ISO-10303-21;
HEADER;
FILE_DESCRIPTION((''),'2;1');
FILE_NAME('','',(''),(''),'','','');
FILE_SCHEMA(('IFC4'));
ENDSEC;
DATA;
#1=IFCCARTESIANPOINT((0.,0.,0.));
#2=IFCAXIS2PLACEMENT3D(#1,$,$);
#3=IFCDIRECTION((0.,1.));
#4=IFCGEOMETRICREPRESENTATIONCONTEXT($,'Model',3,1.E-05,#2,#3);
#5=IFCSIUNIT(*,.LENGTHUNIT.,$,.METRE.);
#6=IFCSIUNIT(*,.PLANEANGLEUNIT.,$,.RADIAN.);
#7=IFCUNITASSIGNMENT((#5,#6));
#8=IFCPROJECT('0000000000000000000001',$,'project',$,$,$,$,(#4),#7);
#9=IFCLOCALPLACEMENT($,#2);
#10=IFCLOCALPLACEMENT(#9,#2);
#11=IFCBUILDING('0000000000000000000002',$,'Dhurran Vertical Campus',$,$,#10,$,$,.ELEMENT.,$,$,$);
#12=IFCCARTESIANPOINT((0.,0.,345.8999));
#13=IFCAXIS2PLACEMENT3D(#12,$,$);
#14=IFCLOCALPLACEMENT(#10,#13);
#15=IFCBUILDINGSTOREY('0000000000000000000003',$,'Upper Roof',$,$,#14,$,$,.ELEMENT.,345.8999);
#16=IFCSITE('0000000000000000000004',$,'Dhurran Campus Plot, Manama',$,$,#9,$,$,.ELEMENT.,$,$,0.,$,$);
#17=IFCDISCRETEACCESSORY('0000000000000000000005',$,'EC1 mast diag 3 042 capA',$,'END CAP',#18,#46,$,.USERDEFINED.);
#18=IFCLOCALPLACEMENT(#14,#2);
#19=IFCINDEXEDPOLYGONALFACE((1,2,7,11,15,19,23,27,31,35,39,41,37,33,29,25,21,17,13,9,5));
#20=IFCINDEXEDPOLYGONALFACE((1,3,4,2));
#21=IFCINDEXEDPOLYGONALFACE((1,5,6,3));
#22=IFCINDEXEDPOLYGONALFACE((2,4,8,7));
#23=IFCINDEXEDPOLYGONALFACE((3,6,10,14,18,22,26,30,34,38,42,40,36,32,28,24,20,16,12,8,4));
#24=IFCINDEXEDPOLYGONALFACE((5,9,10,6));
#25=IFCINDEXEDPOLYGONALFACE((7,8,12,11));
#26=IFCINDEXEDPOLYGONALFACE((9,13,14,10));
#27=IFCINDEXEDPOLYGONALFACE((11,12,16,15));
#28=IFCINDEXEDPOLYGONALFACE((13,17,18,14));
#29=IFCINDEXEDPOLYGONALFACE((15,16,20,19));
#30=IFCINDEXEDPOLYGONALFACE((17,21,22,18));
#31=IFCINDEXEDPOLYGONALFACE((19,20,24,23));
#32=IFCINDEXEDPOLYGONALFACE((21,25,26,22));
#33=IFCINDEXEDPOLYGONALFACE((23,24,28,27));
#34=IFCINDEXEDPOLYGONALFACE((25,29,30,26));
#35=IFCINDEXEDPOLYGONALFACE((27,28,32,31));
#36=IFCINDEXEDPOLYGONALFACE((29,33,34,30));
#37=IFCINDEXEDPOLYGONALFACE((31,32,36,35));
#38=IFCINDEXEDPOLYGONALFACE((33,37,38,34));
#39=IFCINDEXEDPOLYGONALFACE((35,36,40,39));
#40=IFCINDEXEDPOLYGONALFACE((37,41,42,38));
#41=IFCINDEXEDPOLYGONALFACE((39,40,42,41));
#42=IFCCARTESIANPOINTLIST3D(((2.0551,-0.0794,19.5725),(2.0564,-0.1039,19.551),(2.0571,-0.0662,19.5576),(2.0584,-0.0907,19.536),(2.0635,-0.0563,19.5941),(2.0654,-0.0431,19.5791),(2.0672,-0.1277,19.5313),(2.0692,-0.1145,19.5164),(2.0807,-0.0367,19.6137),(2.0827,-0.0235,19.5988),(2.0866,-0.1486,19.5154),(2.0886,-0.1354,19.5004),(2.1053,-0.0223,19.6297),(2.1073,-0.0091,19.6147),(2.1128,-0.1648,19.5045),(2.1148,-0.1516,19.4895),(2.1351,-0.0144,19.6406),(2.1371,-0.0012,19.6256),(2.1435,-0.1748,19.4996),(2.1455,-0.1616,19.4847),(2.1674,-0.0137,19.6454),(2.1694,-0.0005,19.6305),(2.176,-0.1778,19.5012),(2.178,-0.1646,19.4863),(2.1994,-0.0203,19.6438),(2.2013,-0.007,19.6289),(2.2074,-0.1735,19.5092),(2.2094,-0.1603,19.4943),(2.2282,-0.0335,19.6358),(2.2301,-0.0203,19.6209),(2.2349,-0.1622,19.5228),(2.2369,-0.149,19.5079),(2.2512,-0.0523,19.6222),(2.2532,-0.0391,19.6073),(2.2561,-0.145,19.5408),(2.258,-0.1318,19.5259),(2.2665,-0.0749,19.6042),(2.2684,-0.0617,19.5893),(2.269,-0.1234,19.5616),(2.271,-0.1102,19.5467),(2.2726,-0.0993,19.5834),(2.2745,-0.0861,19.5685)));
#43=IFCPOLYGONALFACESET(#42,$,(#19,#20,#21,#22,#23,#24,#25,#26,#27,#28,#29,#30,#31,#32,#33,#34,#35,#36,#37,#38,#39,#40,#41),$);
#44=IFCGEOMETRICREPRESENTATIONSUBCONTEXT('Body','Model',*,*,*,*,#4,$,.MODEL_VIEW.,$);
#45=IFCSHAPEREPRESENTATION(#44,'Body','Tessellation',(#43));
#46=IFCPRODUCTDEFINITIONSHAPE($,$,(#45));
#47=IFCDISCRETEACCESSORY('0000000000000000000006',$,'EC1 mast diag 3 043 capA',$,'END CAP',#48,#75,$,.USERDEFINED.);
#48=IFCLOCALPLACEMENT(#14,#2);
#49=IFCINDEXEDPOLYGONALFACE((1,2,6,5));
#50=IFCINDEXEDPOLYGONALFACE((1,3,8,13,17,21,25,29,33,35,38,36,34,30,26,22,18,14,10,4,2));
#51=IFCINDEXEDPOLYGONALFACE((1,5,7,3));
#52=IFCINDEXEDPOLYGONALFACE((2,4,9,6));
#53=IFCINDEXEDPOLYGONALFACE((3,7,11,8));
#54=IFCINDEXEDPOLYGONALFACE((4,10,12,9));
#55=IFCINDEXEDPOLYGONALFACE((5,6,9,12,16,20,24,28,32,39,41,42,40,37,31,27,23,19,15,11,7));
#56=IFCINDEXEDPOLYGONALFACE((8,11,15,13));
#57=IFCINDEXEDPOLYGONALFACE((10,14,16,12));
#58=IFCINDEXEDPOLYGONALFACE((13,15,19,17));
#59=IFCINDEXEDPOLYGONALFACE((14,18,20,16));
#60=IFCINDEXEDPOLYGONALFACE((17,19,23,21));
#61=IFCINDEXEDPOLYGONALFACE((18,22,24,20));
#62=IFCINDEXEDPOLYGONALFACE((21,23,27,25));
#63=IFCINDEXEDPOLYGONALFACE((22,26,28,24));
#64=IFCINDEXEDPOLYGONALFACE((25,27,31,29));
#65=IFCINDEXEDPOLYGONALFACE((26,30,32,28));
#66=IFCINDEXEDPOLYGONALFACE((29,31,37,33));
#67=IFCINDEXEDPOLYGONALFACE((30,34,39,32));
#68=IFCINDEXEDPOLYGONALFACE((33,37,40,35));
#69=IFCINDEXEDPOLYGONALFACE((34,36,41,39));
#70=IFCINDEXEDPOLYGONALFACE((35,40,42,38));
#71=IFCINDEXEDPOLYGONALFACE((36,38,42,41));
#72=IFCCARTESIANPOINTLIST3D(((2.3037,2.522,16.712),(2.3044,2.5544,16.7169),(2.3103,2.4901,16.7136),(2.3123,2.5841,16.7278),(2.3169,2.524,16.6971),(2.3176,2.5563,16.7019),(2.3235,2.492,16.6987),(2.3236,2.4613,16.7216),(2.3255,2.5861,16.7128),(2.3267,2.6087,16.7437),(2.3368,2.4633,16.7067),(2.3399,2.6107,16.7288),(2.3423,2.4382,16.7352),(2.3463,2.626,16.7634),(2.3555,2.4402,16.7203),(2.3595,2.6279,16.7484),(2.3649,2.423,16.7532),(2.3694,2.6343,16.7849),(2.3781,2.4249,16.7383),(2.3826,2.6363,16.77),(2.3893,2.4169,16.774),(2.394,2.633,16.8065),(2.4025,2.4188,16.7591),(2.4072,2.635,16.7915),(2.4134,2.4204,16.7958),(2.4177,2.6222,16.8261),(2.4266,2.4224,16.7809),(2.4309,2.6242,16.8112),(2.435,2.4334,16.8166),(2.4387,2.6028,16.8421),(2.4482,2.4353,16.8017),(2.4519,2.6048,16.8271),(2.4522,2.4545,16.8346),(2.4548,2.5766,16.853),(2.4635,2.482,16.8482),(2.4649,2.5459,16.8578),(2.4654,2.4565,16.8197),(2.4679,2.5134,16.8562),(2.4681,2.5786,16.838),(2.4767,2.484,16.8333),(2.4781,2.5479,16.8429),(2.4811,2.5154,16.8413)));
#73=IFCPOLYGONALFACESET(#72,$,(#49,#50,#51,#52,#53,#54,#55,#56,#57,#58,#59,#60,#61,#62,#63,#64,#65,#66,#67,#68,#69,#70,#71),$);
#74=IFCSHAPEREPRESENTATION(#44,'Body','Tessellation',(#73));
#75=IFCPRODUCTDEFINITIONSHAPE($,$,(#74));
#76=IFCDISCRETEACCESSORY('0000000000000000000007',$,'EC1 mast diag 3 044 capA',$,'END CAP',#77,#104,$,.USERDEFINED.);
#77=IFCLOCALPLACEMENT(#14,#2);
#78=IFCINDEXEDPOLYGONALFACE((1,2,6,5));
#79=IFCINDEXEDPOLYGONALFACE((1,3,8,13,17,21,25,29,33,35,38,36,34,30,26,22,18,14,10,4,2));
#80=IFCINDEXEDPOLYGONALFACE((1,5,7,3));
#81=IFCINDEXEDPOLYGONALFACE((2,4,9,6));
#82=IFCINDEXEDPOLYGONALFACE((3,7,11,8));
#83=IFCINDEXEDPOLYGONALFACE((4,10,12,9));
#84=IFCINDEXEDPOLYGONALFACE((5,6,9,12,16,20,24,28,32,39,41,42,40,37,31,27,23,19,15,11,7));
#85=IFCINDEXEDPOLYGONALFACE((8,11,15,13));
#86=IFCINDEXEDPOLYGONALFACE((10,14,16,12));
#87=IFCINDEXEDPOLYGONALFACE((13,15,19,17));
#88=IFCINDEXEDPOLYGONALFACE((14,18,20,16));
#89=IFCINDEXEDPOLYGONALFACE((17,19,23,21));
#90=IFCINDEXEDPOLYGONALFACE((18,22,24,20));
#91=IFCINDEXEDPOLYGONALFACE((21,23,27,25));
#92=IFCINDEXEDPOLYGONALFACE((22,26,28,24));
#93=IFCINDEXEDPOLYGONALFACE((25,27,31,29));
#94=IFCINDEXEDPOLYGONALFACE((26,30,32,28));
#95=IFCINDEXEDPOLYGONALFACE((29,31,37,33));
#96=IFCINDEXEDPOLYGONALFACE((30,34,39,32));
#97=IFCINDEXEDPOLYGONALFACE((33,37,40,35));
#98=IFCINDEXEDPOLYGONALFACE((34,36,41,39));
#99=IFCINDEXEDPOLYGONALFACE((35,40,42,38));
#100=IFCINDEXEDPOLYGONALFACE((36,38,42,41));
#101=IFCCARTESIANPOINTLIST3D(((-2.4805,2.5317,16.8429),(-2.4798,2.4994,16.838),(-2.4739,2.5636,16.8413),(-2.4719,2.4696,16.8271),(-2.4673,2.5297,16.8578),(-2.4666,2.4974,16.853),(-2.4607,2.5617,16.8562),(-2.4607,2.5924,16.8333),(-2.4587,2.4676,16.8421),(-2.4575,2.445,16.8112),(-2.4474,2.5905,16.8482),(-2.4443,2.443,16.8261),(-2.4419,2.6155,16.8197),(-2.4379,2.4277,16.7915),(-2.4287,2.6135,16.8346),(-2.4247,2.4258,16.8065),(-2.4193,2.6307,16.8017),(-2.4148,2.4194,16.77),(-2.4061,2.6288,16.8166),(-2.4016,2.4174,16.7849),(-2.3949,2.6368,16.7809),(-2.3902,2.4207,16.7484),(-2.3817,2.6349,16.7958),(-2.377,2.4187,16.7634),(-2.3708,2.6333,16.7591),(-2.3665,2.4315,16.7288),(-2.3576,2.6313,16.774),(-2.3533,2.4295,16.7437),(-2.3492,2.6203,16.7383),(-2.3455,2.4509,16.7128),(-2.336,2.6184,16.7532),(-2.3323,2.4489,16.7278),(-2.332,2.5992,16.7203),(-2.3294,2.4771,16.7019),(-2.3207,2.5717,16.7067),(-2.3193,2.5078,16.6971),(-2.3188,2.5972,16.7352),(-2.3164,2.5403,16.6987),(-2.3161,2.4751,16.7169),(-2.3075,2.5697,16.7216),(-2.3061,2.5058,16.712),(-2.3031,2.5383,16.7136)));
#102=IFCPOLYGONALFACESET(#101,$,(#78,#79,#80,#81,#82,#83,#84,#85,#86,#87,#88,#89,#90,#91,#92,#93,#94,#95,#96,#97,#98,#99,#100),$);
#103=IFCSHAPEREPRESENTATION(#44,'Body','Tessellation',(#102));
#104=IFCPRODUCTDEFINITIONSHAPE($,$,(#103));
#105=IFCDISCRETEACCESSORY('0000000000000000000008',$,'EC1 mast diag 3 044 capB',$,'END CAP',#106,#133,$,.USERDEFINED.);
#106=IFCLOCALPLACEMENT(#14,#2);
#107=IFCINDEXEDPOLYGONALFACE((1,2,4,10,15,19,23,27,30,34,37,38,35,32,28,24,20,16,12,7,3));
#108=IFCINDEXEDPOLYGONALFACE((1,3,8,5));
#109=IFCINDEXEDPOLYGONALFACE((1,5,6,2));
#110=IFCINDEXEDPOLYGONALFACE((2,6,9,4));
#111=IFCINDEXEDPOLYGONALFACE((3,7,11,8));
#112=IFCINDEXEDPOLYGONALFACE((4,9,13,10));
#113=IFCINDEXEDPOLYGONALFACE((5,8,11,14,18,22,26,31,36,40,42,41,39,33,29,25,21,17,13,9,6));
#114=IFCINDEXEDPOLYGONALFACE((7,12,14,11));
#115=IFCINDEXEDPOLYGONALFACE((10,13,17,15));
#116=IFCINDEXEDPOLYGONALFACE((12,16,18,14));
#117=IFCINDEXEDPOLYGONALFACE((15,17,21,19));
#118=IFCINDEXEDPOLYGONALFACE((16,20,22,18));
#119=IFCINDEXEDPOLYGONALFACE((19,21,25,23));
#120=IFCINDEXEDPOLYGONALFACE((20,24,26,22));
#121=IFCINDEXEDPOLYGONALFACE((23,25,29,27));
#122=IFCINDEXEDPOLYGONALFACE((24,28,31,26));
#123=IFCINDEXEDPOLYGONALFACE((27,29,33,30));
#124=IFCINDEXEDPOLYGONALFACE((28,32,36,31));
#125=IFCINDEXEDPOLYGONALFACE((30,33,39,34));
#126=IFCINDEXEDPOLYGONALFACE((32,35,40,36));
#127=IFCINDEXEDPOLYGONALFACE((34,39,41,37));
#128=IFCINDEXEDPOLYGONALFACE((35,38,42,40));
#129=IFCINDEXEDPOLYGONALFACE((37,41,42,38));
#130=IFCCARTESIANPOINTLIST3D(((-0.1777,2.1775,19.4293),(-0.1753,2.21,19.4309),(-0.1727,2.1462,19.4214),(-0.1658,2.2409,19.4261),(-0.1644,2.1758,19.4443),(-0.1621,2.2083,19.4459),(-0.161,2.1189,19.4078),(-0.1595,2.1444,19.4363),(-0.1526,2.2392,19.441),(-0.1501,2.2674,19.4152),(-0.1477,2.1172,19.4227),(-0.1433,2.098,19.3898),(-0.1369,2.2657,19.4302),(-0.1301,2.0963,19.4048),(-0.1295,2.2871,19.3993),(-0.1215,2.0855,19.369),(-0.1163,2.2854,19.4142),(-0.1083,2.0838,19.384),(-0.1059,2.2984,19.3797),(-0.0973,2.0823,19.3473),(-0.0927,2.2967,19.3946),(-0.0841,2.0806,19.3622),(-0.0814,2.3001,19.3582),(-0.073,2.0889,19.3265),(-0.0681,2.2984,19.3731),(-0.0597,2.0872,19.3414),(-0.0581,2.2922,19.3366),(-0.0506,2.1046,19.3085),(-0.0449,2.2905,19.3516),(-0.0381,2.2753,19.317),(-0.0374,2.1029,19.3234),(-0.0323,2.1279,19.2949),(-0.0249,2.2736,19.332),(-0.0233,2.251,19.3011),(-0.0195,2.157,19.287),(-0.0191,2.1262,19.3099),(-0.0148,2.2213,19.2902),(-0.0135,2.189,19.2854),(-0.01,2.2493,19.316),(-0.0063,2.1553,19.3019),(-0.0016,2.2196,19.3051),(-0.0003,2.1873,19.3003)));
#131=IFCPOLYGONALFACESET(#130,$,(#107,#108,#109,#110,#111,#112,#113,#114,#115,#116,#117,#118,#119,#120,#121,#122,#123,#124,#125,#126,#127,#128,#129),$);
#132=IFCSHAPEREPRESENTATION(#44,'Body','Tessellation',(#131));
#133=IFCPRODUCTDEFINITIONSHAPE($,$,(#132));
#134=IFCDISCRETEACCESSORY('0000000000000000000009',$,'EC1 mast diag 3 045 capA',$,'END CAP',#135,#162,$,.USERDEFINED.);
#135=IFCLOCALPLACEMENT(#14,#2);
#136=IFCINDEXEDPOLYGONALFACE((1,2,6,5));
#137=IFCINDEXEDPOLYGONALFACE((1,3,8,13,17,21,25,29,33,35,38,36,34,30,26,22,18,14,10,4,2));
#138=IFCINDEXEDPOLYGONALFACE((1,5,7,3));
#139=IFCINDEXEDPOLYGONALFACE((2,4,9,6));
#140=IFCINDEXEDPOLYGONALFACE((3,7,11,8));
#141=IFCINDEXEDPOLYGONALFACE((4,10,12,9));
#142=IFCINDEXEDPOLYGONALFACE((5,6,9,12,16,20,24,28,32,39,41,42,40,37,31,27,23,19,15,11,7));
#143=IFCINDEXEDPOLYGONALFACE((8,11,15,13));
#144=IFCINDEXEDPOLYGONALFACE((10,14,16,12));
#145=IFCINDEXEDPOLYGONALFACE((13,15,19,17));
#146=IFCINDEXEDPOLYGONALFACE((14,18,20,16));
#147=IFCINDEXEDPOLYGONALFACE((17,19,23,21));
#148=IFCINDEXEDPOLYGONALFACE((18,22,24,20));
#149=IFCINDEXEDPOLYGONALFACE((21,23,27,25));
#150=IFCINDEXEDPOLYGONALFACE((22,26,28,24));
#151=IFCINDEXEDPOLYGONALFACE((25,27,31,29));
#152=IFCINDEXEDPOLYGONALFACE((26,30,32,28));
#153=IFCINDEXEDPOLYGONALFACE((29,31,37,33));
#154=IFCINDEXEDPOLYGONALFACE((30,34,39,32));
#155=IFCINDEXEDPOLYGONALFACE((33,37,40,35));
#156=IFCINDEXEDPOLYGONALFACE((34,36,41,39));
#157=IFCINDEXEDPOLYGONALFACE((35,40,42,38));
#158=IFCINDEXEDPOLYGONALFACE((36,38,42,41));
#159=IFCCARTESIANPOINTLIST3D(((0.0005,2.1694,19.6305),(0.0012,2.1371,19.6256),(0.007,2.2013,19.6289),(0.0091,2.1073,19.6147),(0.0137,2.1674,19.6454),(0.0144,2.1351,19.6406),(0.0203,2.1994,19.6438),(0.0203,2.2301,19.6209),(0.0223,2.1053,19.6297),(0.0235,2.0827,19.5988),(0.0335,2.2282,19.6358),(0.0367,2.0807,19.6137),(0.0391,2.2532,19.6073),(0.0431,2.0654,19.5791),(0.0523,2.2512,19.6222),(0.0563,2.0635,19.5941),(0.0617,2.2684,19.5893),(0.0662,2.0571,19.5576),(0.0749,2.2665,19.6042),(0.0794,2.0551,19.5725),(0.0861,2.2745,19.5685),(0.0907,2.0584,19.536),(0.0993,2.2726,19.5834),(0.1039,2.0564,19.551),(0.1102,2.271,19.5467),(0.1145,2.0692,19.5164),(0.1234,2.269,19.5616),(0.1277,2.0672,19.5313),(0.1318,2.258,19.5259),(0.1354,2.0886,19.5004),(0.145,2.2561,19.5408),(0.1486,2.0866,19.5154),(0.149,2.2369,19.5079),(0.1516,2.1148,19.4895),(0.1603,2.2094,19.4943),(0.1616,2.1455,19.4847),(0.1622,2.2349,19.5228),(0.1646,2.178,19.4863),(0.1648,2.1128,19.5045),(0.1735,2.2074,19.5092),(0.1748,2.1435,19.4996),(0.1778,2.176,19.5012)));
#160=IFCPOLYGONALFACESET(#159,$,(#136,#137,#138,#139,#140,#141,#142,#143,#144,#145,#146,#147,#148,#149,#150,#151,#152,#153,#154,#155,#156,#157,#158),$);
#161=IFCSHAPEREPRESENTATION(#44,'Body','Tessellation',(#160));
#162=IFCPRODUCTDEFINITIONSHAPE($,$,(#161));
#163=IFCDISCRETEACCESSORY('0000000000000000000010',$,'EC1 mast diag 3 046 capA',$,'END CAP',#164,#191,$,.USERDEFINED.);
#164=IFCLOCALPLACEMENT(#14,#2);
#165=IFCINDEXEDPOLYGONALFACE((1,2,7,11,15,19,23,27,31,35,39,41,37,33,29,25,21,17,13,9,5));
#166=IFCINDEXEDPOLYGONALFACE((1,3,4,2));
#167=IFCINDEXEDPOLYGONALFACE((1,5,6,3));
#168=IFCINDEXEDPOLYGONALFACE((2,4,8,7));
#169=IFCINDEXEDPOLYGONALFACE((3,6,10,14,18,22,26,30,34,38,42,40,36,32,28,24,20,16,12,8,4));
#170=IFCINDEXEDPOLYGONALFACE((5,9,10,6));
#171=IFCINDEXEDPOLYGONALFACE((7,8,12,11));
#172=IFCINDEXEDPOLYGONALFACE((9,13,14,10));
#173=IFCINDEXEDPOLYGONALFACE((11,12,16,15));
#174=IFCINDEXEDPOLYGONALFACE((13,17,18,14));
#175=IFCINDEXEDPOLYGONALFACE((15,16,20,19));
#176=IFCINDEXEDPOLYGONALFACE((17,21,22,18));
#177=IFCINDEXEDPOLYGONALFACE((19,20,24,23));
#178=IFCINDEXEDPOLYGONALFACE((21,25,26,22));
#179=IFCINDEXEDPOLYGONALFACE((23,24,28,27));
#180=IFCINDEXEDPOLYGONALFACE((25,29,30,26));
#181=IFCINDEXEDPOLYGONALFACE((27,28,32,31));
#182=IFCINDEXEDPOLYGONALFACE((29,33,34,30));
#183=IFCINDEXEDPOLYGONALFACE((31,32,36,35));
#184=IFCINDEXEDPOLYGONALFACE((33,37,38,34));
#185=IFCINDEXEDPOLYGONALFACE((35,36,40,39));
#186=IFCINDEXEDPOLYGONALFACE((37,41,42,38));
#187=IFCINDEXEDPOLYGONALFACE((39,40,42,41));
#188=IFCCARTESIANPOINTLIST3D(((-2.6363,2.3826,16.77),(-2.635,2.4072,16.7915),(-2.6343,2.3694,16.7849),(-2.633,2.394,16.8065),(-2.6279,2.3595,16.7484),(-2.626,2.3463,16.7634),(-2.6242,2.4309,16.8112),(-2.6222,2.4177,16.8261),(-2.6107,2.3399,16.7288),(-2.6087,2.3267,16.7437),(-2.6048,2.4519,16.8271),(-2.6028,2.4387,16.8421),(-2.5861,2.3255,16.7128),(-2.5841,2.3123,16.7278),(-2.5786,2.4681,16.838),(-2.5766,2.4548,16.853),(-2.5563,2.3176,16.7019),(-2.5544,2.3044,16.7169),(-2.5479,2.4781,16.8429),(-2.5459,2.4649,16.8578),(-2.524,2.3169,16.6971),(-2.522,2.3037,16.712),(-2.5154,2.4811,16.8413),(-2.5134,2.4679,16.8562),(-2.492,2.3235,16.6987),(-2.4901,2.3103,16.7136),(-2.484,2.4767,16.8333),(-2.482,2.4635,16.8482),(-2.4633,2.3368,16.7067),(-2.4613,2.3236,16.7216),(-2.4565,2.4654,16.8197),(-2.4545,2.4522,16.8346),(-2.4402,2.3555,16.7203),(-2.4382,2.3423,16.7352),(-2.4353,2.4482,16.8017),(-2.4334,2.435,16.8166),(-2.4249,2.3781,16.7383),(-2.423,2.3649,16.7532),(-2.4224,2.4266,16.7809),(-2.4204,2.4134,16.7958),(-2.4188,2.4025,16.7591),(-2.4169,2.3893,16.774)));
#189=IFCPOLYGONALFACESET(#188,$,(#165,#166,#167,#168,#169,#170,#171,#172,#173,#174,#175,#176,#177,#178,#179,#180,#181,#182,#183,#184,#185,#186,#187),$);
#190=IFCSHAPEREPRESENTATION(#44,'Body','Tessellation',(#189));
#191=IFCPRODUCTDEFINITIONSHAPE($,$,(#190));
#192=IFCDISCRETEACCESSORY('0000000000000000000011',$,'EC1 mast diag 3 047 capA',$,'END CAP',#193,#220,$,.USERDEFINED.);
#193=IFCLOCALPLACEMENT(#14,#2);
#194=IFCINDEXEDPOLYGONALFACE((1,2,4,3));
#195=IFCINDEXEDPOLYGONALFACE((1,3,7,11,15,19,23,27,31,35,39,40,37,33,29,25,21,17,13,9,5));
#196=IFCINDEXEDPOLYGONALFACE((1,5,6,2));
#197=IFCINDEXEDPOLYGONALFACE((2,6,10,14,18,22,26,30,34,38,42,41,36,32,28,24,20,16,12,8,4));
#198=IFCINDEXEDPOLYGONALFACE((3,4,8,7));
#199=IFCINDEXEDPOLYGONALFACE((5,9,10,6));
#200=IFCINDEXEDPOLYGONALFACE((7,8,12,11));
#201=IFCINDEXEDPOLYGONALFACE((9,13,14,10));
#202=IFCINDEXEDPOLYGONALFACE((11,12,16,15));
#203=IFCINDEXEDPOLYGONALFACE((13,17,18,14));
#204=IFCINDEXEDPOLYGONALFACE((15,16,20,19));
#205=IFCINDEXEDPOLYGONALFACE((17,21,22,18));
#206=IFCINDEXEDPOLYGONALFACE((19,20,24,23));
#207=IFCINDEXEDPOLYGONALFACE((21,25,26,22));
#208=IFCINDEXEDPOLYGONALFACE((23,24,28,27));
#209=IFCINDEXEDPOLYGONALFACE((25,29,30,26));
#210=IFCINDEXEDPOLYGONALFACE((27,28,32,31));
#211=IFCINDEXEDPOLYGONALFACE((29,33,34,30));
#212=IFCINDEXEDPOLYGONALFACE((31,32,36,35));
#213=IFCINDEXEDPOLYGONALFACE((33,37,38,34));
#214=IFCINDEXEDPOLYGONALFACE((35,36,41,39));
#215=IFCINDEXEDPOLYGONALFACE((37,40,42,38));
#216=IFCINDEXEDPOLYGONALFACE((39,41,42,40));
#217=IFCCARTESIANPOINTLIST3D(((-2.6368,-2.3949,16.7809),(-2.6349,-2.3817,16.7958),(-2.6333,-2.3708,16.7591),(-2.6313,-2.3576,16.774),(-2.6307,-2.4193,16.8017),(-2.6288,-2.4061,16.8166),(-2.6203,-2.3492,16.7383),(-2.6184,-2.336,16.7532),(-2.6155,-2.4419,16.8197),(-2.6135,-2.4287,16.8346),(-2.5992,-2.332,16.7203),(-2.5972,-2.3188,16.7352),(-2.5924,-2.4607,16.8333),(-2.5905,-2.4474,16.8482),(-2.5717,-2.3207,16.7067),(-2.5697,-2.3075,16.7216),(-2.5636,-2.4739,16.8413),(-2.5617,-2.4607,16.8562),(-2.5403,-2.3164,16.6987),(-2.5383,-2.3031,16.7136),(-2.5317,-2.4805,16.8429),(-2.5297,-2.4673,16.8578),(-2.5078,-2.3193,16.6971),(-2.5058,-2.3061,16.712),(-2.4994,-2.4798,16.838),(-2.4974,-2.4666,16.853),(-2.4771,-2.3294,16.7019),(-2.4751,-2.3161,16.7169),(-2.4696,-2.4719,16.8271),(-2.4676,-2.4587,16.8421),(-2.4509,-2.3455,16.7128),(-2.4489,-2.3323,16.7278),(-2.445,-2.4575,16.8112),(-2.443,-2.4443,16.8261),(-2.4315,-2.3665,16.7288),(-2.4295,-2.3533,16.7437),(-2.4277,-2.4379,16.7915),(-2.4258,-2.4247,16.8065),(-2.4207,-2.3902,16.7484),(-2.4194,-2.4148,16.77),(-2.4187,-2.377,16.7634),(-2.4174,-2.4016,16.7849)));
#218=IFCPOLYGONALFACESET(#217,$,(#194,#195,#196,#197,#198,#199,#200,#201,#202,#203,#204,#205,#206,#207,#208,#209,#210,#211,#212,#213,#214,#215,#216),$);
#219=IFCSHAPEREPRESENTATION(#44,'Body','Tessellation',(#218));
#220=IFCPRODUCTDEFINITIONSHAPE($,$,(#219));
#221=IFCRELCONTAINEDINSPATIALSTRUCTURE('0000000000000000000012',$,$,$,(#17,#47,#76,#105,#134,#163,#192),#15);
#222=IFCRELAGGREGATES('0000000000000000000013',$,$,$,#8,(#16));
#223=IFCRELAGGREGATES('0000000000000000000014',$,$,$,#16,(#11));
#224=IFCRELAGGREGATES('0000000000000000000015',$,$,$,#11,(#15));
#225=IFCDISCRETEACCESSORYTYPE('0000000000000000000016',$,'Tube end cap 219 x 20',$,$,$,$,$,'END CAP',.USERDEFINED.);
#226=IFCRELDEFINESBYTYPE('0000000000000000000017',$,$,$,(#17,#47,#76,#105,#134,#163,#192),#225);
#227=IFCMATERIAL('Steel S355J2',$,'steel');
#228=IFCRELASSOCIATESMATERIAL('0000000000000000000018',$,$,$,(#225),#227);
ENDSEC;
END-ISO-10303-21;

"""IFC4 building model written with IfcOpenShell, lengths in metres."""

from ifc_helpers import new_model, si_unit, direction, frame, origin, origin_2d, place, context, subcontext, project, spatial, circle, extrude, material, material_profile, profile_set, type_object, element, save


model = new_model("IFC4")

# Units and contexts
model_context = context("Model", 3, precision=1e-05, world=origin(), true_north=direction((0.0, 1.0)))
body_context = subcontext(model_context, "Body", "Model", "MODEL_VIEW")
ifc_project = project(units=[si_unit("LENGTHUNIT", "METRE"), si_unit("PLANEANGLEUNIT", "RADIAN")], contexts=[model_context])

# Site, building, storey
site_placement = place(None, origin())
site = spatial("IfcSite", under=ifc_project, at=site_placement, Name="Dhurran Campus Plot, Manama", CompositionType="ELEMENT", RefElevation=0.0)
building_placement = place(site_placement, origin())
building = spatial("IfcBuilding", under=site, at=building_placement, Name="Dhurran Vertical Campus", CompositionType="ELEMENT")
storey_placement = place(building_placement, frame((0.0, 0.0, 345.8999)))
storey = spatial("IfcBuildingStorey", under=building, at=storey_placement, Name="Upper Roof", CompositionType="ELEMENT", Elevation=345.8999)

# Discrete accessories
ifc_material_1 = material(Name="Steel S355J2", Category="steel")
ifc_material_profile_1 = material_profile(ifc_material_1, circle(Radius=0.1096, at=origin_2d()), Name="Tube end cap 219 x 20")
ifc_profile_set_1 = profile_set([ifc_material_profile_1], Name="Steel S355J2")
discrete_accessory_type = type_object("IfcDiscreteAccessoryType", Name="Tube end cap 219 x 20", ElementType="END CAP", PredefinedType="USERDEFINED", material=ifc_profile_set_1)
for number, where, z_axis, x_axis, name in (
    (1, (2.1636, -0.0955, 19.5725), (0.097728, 0.659666, -0.745178), (-0.989203, 0.146549, 0.0), "EC1 mast diag 3 042 capA"),
    (2, (2.3855, 2.5259, 16.7849), (0.659666, 0.097728, -0.745178), (-0.146549, 0.989203, 0.0), "EC1 mast diag 3 043 capA"),
    (3, (-2.3855, 2.5259, 16.7849), (-0.659666, 0.097728, -0.745178), (-0.146549, -0.989203, 0.0), "EC1 mast diag 3 044 capA"),
    (4, (-0.0955, 2.1914, 19.3582), (0.660405, -0.085608, 0.746013), (0.128554, 0.991703, 0.0), "EC1 mast diag 3 044 capB"),
    (5, (0.0955, 2.1636, 19.5725), (-0.659666, 0.097728, -0.745178), (-0.146549, -0.989203, 0.0), "EC1 mast diag 3 045 capA"),
    (6, (-2.5259, 2.3855, 16.7849), (-0.097728, 0.659666, -0.745178), (-0.989203, -0.146549, 0.0), "EC1 mast diag 3 046 capA"),
    (7, (-2.5259, -2.3855, 16.7849), (-0.097728, -0.659666, -0.745178), (0.989203, -0.146549, 0.0), "EC1 mast diag 3 047 capA"),
):
    element("IfcDiscreteAccessory", number, at=place(storey_placement, frame(where, z_axis=z_axis, x_axis=x_axis)), inside=storey, type_object=discrete_accessory_type, Name=name, ObjectType="END CAP", PredefinedType="USERDEFINED", context=body_context, shape_type="SweptSolid", body=[
        extrude(circle(Radius=0.1096, at=origin_2d()), origin(), (0.0, 0.0, 1.0), 0.02),
    ])

save(model, "model.ifc")
